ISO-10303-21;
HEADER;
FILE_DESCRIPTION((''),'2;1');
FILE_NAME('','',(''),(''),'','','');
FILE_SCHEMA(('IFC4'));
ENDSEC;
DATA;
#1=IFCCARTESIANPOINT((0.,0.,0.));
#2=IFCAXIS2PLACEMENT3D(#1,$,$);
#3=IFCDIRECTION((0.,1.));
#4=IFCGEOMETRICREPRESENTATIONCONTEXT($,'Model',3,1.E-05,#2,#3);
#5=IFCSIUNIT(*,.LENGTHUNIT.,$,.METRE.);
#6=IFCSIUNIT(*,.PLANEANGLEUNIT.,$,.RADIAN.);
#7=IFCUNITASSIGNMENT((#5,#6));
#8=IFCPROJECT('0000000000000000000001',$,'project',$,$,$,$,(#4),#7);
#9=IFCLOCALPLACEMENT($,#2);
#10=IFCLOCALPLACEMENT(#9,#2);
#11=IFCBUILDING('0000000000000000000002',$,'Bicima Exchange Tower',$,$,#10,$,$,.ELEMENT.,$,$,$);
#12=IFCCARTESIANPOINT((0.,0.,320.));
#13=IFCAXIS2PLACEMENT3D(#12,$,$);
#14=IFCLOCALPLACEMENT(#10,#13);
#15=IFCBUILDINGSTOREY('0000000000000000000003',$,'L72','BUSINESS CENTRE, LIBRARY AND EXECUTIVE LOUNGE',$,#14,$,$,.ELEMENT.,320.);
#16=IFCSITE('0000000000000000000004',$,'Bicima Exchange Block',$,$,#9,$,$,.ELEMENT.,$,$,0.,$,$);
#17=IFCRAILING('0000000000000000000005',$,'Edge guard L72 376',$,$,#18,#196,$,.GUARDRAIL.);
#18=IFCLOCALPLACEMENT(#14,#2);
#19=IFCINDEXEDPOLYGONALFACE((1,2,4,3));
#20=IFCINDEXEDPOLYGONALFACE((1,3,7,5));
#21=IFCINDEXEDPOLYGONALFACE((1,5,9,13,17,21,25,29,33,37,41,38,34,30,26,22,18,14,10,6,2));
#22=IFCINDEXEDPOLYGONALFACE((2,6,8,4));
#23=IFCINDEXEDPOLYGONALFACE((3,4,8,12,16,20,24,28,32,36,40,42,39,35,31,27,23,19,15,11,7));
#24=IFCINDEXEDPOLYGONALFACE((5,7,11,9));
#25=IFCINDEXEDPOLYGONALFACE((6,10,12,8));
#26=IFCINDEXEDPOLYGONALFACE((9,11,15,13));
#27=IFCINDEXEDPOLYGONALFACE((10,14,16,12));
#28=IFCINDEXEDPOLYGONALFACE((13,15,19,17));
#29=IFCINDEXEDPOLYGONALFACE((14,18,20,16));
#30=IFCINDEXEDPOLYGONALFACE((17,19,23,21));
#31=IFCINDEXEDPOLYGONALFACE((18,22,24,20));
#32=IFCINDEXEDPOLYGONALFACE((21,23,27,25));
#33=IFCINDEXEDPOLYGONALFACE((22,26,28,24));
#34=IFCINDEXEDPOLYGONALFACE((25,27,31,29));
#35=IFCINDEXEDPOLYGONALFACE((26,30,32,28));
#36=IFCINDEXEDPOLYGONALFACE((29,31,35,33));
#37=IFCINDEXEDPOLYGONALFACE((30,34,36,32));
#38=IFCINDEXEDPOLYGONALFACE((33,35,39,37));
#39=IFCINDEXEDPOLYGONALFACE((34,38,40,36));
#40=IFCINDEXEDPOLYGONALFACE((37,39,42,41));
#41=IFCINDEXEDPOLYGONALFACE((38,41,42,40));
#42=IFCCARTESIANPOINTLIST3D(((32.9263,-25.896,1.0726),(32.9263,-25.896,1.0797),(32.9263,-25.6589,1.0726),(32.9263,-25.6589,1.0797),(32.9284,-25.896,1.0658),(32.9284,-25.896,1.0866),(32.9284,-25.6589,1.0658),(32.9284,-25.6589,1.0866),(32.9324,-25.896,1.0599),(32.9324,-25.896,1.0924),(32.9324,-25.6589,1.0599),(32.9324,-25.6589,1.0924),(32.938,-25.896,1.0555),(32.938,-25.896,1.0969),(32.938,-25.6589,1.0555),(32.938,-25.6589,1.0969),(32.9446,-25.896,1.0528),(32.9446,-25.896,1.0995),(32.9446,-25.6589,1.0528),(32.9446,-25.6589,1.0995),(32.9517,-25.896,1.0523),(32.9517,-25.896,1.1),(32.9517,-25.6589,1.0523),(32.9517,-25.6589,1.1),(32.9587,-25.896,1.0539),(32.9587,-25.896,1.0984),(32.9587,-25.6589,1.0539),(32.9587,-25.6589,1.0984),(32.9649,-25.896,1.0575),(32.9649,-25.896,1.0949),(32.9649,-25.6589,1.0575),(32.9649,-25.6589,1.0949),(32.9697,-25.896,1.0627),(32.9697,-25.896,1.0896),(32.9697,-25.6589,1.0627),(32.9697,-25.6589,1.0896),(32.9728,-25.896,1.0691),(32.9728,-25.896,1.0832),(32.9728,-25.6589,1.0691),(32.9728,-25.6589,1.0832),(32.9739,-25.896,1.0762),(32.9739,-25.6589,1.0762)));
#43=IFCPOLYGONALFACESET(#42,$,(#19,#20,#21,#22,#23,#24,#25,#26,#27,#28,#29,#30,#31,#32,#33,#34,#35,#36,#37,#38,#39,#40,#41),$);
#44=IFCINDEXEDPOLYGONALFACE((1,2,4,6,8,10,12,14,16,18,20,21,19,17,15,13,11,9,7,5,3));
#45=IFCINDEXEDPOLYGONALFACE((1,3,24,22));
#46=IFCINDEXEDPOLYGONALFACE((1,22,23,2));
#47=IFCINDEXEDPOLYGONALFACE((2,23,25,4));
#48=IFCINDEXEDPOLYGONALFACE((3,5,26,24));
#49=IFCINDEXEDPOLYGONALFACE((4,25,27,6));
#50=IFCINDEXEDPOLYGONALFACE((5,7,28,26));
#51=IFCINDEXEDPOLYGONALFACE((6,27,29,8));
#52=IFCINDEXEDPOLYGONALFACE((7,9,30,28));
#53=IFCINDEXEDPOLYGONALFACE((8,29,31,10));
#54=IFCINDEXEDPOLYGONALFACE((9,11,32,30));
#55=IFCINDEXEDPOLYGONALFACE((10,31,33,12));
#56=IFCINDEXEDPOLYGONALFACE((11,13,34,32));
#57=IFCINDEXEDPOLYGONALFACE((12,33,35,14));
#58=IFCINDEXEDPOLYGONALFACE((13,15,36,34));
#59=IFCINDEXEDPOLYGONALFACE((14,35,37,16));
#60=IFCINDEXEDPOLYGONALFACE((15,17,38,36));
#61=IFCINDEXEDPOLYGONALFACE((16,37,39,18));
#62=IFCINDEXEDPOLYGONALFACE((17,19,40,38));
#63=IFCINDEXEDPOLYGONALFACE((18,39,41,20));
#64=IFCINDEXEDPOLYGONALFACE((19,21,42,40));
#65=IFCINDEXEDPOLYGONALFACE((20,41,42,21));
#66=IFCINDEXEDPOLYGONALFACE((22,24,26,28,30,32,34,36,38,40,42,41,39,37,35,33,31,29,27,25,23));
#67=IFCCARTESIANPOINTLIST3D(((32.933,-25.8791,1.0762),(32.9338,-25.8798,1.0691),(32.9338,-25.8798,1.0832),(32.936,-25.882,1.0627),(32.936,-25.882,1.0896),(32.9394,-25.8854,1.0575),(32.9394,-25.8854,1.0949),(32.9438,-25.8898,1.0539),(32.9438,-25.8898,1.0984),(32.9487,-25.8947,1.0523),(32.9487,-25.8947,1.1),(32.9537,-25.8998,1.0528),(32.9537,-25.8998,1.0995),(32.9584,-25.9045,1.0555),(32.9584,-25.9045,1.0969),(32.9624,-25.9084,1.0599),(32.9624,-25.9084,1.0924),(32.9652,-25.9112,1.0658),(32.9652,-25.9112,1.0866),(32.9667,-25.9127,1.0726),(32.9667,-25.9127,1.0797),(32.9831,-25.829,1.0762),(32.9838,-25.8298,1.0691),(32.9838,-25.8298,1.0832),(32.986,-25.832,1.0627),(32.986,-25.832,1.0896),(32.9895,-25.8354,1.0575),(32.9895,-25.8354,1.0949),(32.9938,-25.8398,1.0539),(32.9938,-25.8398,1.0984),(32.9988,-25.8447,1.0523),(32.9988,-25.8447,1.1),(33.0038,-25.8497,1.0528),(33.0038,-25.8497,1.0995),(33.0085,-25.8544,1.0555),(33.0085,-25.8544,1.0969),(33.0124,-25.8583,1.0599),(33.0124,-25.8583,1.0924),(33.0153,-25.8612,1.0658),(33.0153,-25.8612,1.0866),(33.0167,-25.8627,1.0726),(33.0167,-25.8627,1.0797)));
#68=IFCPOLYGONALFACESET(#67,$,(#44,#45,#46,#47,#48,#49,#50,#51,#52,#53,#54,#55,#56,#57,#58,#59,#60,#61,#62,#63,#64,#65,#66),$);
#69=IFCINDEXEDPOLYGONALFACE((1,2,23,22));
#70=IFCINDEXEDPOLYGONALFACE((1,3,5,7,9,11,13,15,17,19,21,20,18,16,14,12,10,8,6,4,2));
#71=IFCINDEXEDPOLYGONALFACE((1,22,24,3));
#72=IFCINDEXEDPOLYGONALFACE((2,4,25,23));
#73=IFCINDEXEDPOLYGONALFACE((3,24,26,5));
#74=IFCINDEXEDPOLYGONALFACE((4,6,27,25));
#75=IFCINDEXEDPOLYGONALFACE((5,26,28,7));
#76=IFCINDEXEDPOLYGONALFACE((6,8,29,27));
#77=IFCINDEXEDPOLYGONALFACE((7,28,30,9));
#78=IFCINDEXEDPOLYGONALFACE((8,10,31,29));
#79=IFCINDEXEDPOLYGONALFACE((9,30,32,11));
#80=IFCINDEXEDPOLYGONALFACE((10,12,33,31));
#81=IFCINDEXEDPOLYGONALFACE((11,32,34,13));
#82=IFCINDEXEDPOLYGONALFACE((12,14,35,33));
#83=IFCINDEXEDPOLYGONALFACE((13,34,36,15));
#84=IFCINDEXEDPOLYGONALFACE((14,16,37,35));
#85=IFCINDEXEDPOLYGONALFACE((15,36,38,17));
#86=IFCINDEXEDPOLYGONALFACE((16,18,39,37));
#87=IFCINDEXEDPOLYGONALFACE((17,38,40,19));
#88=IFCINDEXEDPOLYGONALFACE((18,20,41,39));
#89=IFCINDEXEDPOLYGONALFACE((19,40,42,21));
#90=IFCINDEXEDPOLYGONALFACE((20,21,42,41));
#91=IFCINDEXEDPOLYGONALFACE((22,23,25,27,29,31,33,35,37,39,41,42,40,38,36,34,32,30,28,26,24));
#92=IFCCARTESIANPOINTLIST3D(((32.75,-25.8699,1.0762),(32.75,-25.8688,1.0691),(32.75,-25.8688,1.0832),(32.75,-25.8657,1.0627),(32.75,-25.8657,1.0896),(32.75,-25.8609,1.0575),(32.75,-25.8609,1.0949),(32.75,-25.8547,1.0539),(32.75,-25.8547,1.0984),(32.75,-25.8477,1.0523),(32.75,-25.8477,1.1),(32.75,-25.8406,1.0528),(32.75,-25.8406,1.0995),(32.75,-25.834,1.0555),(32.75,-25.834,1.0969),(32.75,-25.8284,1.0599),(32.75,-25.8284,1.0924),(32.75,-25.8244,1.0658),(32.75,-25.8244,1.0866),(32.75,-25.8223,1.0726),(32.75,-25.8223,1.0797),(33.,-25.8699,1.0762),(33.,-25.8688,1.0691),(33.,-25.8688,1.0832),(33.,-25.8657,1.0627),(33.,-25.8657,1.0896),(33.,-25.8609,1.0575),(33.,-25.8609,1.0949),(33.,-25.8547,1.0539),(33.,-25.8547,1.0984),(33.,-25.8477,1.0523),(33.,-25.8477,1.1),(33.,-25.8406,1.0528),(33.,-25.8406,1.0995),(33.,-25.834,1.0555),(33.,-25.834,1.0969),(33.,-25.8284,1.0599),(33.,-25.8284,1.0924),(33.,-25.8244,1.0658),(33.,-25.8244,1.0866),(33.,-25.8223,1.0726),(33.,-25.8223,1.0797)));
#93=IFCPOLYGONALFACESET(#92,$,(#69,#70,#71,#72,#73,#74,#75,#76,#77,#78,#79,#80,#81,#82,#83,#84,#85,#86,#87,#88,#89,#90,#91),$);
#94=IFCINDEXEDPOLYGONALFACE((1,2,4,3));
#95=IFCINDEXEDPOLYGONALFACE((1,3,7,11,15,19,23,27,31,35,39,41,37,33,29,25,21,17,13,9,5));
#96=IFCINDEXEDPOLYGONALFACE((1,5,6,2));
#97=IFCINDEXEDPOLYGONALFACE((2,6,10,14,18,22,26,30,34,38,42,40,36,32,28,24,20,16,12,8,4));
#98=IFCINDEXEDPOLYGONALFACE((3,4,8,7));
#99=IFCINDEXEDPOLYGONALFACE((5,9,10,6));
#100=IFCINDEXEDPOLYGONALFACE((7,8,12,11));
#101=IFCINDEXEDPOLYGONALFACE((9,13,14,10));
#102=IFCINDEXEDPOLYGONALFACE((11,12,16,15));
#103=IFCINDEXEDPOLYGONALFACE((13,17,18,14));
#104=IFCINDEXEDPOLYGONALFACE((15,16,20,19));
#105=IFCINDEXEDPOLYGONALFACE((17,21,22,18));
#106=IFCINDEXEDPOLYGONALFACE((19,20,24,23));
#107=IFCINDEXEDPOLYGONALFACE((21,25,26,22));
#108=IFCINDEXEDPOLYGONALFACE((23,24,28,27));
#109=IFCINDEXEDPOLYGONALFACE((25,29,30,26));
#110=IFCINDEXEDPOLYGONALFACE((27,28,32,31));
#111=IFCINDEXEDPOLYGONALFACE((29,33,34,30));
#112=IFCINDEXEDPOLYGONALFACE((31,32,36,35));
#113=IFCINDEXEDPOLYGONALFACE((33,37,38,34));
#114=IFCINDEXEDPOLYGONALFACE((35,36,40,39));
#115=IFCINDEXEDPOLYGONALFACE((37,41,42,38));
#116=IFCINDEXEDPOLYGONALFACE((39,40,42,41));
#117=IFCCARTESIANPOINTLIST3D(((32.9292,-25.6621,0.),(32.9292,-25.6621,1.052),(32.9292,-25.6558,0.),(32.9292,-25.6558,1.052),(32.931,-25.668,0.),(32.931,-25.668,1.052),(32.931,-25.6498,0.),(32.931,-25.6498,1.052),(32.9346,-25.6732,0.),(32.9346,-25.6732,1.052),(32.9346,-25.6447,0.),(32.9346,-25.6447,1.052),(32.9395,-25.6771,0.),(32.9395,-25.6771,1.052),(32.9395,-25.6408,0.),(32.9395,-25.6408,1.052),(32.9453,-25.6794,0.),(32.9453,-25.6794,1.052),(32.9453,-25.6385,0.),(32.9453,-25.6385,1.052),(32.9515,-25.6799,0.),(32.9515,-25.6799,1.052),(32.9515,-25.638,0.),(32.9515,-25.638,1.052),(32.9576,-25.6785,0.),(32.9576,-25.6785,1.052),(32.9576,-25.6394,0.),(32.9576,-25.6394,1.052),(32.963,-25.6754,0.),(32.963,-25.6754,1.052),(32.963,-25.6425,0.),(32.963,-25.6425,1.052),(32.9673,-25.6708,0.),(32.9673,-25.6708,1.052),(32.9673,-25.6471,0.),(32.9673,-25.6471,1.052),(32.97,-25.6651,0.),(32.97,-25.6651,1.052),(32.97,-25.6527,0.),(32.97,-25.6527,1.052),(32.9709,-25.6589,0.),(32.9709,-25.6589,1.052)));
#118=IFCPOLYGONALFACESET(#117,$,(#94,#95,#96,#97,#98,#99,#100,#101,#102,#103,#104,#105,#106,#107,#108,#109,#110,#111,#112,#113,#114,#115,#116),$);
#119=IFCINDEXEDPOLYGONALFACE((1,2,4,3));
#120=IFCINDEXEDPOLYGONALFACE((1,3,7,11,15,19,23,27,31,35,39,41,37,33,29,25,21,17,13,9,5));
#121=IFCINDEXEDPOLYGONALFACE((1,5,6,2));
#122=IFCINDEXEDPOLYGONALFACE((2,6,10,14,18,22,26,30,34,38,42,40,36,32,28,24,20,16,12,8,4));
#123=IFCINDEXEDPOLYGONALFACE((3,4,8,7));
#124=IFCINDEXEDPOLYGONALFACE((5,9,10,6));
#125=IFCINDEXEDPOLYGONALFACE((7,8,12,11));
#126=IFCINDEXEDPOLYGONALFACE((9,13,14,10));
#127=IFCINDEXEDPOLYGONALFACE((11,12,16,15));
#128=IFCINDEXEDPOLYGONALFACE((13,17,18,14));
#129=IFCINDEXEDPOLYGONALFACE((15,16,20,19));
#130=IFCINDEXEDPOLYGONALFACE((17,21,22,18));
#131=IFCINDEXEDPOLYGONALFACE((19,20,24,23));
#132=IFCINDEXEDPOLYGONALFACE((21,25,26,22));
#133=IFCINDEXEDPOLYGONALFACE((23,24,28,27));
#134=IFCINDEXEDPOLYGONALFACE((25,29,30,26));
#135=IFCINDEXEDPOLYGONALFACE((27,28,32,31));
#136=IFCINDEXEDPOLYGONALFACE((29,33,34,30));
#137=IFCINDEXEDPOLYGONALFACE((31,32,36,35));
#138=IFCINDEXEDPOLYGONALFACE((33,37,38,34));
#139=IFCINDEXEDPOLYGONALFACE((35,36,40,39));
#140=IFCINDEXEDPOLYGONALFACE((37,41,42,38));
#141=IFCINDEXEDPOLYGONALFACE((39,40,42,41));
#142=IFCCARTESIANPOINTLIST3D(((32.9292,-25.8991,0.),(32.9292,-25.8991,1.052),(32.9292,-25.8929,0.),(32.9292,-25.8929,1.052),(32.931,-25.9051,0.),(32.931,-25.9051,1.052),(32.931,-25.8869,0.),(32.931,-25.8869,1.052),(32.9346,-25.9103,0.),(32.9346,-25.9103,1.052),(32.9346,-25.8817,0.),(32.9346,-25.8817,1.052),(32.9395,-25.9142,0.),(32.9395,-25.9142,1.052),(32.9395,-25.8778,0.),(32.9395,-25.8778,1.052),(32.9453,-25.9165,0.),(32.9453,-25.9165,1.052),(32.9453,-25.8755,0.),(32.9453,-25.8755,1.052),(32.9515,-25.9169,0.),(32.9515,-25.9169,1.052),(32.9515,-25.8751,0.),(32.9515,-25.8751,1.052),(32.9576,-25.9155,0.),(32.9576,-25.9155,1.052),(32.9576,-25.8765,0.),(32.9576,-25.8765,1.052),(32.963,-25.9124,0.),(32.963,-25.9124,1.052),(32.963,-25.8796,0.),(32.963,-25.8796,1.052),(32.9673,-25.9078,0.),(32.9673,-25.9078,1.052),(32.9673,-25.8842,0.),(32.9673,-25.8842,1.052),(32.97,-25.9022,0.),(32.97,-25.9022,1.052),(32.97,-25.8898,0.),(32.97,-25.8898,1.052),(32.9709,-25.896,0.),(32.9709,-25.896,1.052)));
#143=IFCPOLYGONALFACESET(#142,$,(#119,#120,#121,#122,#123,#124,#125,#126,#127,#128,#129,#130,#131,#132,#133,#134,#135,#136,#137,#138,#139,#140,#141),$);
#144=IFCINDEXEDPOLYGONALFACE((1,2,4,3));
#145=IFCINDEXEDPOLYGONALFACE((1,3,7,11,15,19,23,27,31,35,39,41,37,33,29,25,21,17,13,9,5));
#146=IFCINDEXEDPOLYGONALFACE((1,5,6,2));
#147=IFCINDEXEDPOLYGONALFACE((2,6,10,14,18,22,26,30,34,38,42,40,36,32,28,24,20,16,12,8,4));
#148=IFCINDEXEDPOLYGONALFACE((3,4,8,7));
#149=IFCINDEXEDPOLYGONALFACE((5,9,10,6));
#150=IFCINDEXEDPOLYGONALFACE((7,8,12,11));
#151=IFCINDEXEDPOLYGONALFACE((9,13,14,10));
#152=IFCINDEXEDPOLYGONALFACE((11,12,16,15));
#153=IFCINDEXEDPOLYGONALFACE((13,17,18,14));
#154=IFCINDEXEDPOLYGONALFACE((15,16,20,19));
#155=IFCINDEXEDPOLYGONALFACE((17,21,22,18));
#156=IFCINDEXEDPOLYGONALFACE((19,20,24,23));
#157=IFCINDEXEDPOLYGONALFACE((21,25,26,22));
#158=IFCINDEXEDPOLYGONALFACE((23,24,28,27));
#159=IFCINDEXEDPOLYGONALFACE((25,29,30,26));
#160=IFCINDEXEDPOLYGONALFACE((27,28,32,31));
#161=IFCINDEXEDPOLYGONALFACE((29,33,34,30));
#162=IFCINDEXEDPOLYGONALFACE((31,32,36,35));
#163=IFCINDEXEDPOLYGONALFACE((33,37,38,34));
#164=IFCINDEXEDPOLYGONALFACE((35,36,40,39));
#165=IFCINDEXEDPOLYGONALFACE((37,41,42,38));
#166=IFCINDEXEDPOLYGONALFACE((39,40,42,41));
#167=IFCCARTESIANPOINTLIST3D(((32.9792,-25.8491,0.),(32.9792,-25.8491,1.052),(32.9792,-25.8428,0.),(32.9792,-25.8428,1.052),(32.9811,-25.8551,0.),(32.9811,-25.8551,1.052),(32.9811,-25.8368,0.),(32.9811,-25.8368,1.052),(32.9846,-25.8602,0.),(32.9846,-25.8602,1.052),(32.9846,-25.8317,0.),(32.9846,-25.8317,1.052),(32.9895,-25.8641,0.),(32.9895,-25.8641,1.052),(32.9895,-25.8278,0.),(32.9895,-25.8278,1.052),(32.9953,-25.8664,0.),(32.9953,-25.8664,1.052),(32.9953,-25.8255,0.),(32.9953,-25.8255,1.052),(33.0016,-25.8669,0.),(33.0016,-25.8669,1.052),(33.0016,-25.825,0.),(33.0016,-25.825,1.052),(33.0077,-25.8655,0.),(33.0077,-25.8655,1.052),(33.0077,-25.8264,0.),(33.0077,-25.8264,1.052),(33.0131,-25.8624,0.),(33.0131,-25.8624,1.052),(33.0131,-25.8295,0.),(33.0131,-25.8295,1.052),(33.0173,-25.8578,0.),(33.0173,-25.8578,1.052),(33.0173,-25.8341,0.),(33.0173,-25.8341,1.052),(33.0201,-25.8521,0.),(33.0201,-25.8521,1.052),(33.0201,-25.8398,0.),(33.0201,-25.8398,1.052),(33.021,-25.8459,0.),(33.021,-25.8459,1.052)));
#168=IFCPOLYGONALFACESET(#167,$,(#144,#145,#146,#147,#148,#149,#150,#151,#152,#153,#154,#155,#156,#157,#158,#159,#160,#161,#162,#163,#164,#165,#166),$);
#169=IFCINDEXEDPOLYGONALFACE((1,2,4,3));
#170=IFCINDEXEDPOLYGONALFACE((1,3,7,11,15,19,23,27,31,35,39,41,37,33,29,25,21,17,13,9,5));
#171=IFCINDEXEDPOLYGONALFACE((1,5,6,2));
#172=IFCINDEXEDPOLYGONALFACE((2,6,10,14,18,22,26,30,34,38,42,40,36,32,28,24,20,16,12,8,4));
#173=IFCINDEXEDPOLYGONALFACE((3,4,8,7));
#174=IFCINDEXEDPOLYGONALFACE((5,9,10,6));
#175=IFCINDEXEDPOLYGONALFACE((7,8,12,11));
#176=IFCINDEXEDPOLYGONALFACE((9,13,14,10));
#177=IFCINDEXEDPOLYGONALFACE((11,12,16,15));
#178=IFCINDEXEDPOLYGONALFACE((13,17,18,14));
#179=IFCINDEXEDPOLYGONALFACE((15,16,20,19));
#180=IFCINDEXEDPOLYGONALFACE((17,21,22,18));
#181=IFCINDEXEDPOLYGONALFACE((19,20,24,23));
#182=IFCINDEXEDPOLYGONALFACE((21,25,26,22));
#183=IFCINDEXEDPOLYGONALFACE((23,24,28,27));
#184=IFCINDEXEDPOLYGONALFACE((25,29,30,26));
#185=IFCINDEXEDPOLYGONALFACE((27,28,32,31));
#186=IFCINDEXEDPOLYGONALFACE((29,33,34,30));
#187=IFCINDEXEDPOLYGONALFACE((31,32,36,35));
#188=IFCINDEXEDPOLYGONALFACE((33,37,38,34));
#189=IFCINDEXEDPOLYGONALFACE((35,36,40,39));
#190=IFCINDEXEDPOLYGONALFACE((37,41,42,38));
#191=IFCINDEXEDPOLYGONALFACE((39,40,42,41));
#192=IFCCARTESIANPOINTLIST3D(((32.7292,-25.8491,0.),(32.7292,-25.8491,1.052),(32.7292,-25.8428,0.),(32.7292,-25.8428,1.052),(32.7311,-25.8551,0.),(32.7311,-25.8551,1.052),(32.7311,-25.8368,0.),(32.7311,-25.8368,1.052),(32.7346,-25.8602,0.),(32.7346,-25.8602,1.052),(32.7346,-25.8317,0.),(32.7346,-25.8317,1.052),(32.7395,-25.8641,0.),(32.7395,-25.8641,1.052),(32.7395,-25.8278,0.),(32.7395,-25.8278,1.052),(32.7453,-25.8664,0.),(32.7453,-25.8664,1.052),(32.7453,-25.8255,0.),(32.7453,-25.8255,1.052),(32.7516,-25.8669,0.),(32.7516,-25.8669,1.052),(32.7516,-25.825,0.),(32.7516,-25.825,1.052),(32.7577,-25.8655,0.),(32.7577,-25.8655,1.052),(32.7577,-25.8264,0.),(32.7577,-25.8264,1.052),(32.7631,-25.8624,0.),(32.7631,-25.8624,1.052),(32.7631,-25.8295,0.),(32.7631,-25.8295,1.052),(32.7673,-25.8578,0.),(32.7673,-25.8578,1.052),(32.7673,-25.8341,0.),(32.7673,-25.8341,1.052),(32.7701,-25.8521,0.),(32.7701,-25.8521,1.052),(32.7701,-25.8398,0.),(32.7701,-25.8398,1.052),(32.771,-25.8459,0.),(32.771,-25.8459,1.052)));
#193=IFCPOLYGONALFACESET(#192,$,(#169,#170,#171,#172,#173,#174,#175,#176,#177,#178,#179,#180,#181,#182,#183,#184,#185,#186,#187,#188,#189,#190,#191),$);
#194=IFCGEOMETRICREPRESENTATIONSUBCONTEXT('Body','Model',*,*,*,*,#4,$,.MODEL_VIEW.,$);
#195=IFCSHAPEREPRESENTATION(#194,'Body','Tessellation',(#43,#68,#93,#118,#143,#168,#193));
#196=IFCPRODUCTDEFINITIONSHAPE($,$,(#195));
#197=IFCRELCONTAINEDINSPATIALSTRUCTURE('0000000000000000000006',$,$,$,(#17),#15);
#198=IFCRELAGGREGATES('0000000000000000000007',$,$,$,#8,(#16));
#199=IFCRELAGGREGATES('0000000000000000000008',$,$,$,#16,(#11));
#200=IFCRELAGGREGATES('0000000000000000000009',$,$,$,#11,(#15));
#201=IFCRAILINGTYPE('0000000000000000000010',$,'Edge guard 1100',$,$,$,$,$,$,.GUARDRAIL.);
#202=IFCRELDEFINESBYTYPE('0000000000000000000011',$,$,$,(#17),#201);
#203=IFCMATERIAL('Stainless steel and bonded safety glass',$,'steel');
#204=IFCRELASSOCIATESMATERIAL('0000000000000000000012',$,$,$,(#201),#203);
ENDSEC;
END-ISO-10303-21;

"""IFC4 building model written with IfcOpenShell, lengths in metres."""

from ifc_helpers import new_model, si_unit, direction, frame, origin, origin_2d, place, context, subcontext, project, spatial, circle, extrude, material, type_object, element, save


model = new_model("IFC4")

# Units and contexts
model_context = context("Model", 3, precision=1e-05, world=origin(), true_north=direction((0.0, 1.0)))
body_context = subcontext(model_context, "Body", "Model", "MODEL_VIEW")
ifc_project = project(units=[si_unit("LENGTHUNIT", "METRE"), si_unit("PLANEANGLEUNIT", "RADIAN")], contexts=[model_context])

# Site, building, storey
site_placement = place(None, origin())
site = spatial("IfcSite", under=ifc_project, at=site_placement, Name="Bicima Exchange Block", CompositionType="ELEMENT", RefElevation=0.0)
building_placement = place(site_placement, origin())
building = spatial("IfcBuilding", under=site, at=building_placement, Name="Bicima Exchange Tower", CompositionType="ELEMENT")
storey_placement = place(building_placement, frame((0.0, 0.0, 320.0)))
storey = spatial("IfcBuildingStorey", under=building, at=storey_placement, Name="L72", Description="BUSINESS CENTRE, LIBRARY AND EXECUTIVE LOUNGE", CompositionType="ELEMENT", Elevation=320.0)

# Railing
ifc_material_1 = material(Name="Stainless steel and bonded safety glass", Category="steel")
railing_type = type_object("IfcRailingType", Name="Edge guard 1100", PredefinedType="GUARDRAIL", material=ifc_material_1)
railing_1_placement = place(storey_placement, frame((32.95, -25.6589, 0.0)))
element("IfcRailing", 1, at=railing_1_placement, inside=storey, type_object=railing_type, Name="Edge guard L72 376", PredefinedType="GUARDRAIL", context=body_context, shape_type="SweptSolid", body=[
    extrude(circle(Radius=0.0239, at=origin_2d()), frame((0.0, 0.0, 1.0762), z_axis=(0.0, -1.0, 0.0), x_axis=(1.0, 0.0, 0.0)), (0.0, 0.0, 1.0), 0.2371),
    extrude(circle(Radius=0.0239, at=origin_2d()), frame((0.0, -0.2371, 1.0762), z_axis=(0.707107, 0.707107, 0.0), x_axis=(-0.707107, 0.707107, 0.0)), (0.0, 0.0, 1.0), 0.0708),
    extrude(circle(Radius=0.0239, at=origin_2d()), frame((0.05, -0.187, 1.0762), z_axis=(-1.0, 0.0, 0.0), x_axis=(0.0, -1.0, 0.0)), (0.0, 0.0, 1.0), 0.25),
    extrude(circle(Radius=0.021, at=origin_2d()), origin(), (0.0, 0.0, 1.0), 1.052),
    extrude(circle(Radius=0.021, at=origin_2d()), frame((0.0, -0.2371, 0.0)), (0.0, 0.0, 1.0), 1.052),
    extrude(circle(Radius=0.021, at=origin_2d()), frame((0.05, -0.187, 0.0)), (0.0, 0.0, 1.0), 1.052),
    extrude(circle(Radius=0.021, at=origin_2d()), frame((-0.2, -0.187, 0.0)), (0.0, 0.0, 1.0), 1.052),
])

save(model, "model.ifc")
